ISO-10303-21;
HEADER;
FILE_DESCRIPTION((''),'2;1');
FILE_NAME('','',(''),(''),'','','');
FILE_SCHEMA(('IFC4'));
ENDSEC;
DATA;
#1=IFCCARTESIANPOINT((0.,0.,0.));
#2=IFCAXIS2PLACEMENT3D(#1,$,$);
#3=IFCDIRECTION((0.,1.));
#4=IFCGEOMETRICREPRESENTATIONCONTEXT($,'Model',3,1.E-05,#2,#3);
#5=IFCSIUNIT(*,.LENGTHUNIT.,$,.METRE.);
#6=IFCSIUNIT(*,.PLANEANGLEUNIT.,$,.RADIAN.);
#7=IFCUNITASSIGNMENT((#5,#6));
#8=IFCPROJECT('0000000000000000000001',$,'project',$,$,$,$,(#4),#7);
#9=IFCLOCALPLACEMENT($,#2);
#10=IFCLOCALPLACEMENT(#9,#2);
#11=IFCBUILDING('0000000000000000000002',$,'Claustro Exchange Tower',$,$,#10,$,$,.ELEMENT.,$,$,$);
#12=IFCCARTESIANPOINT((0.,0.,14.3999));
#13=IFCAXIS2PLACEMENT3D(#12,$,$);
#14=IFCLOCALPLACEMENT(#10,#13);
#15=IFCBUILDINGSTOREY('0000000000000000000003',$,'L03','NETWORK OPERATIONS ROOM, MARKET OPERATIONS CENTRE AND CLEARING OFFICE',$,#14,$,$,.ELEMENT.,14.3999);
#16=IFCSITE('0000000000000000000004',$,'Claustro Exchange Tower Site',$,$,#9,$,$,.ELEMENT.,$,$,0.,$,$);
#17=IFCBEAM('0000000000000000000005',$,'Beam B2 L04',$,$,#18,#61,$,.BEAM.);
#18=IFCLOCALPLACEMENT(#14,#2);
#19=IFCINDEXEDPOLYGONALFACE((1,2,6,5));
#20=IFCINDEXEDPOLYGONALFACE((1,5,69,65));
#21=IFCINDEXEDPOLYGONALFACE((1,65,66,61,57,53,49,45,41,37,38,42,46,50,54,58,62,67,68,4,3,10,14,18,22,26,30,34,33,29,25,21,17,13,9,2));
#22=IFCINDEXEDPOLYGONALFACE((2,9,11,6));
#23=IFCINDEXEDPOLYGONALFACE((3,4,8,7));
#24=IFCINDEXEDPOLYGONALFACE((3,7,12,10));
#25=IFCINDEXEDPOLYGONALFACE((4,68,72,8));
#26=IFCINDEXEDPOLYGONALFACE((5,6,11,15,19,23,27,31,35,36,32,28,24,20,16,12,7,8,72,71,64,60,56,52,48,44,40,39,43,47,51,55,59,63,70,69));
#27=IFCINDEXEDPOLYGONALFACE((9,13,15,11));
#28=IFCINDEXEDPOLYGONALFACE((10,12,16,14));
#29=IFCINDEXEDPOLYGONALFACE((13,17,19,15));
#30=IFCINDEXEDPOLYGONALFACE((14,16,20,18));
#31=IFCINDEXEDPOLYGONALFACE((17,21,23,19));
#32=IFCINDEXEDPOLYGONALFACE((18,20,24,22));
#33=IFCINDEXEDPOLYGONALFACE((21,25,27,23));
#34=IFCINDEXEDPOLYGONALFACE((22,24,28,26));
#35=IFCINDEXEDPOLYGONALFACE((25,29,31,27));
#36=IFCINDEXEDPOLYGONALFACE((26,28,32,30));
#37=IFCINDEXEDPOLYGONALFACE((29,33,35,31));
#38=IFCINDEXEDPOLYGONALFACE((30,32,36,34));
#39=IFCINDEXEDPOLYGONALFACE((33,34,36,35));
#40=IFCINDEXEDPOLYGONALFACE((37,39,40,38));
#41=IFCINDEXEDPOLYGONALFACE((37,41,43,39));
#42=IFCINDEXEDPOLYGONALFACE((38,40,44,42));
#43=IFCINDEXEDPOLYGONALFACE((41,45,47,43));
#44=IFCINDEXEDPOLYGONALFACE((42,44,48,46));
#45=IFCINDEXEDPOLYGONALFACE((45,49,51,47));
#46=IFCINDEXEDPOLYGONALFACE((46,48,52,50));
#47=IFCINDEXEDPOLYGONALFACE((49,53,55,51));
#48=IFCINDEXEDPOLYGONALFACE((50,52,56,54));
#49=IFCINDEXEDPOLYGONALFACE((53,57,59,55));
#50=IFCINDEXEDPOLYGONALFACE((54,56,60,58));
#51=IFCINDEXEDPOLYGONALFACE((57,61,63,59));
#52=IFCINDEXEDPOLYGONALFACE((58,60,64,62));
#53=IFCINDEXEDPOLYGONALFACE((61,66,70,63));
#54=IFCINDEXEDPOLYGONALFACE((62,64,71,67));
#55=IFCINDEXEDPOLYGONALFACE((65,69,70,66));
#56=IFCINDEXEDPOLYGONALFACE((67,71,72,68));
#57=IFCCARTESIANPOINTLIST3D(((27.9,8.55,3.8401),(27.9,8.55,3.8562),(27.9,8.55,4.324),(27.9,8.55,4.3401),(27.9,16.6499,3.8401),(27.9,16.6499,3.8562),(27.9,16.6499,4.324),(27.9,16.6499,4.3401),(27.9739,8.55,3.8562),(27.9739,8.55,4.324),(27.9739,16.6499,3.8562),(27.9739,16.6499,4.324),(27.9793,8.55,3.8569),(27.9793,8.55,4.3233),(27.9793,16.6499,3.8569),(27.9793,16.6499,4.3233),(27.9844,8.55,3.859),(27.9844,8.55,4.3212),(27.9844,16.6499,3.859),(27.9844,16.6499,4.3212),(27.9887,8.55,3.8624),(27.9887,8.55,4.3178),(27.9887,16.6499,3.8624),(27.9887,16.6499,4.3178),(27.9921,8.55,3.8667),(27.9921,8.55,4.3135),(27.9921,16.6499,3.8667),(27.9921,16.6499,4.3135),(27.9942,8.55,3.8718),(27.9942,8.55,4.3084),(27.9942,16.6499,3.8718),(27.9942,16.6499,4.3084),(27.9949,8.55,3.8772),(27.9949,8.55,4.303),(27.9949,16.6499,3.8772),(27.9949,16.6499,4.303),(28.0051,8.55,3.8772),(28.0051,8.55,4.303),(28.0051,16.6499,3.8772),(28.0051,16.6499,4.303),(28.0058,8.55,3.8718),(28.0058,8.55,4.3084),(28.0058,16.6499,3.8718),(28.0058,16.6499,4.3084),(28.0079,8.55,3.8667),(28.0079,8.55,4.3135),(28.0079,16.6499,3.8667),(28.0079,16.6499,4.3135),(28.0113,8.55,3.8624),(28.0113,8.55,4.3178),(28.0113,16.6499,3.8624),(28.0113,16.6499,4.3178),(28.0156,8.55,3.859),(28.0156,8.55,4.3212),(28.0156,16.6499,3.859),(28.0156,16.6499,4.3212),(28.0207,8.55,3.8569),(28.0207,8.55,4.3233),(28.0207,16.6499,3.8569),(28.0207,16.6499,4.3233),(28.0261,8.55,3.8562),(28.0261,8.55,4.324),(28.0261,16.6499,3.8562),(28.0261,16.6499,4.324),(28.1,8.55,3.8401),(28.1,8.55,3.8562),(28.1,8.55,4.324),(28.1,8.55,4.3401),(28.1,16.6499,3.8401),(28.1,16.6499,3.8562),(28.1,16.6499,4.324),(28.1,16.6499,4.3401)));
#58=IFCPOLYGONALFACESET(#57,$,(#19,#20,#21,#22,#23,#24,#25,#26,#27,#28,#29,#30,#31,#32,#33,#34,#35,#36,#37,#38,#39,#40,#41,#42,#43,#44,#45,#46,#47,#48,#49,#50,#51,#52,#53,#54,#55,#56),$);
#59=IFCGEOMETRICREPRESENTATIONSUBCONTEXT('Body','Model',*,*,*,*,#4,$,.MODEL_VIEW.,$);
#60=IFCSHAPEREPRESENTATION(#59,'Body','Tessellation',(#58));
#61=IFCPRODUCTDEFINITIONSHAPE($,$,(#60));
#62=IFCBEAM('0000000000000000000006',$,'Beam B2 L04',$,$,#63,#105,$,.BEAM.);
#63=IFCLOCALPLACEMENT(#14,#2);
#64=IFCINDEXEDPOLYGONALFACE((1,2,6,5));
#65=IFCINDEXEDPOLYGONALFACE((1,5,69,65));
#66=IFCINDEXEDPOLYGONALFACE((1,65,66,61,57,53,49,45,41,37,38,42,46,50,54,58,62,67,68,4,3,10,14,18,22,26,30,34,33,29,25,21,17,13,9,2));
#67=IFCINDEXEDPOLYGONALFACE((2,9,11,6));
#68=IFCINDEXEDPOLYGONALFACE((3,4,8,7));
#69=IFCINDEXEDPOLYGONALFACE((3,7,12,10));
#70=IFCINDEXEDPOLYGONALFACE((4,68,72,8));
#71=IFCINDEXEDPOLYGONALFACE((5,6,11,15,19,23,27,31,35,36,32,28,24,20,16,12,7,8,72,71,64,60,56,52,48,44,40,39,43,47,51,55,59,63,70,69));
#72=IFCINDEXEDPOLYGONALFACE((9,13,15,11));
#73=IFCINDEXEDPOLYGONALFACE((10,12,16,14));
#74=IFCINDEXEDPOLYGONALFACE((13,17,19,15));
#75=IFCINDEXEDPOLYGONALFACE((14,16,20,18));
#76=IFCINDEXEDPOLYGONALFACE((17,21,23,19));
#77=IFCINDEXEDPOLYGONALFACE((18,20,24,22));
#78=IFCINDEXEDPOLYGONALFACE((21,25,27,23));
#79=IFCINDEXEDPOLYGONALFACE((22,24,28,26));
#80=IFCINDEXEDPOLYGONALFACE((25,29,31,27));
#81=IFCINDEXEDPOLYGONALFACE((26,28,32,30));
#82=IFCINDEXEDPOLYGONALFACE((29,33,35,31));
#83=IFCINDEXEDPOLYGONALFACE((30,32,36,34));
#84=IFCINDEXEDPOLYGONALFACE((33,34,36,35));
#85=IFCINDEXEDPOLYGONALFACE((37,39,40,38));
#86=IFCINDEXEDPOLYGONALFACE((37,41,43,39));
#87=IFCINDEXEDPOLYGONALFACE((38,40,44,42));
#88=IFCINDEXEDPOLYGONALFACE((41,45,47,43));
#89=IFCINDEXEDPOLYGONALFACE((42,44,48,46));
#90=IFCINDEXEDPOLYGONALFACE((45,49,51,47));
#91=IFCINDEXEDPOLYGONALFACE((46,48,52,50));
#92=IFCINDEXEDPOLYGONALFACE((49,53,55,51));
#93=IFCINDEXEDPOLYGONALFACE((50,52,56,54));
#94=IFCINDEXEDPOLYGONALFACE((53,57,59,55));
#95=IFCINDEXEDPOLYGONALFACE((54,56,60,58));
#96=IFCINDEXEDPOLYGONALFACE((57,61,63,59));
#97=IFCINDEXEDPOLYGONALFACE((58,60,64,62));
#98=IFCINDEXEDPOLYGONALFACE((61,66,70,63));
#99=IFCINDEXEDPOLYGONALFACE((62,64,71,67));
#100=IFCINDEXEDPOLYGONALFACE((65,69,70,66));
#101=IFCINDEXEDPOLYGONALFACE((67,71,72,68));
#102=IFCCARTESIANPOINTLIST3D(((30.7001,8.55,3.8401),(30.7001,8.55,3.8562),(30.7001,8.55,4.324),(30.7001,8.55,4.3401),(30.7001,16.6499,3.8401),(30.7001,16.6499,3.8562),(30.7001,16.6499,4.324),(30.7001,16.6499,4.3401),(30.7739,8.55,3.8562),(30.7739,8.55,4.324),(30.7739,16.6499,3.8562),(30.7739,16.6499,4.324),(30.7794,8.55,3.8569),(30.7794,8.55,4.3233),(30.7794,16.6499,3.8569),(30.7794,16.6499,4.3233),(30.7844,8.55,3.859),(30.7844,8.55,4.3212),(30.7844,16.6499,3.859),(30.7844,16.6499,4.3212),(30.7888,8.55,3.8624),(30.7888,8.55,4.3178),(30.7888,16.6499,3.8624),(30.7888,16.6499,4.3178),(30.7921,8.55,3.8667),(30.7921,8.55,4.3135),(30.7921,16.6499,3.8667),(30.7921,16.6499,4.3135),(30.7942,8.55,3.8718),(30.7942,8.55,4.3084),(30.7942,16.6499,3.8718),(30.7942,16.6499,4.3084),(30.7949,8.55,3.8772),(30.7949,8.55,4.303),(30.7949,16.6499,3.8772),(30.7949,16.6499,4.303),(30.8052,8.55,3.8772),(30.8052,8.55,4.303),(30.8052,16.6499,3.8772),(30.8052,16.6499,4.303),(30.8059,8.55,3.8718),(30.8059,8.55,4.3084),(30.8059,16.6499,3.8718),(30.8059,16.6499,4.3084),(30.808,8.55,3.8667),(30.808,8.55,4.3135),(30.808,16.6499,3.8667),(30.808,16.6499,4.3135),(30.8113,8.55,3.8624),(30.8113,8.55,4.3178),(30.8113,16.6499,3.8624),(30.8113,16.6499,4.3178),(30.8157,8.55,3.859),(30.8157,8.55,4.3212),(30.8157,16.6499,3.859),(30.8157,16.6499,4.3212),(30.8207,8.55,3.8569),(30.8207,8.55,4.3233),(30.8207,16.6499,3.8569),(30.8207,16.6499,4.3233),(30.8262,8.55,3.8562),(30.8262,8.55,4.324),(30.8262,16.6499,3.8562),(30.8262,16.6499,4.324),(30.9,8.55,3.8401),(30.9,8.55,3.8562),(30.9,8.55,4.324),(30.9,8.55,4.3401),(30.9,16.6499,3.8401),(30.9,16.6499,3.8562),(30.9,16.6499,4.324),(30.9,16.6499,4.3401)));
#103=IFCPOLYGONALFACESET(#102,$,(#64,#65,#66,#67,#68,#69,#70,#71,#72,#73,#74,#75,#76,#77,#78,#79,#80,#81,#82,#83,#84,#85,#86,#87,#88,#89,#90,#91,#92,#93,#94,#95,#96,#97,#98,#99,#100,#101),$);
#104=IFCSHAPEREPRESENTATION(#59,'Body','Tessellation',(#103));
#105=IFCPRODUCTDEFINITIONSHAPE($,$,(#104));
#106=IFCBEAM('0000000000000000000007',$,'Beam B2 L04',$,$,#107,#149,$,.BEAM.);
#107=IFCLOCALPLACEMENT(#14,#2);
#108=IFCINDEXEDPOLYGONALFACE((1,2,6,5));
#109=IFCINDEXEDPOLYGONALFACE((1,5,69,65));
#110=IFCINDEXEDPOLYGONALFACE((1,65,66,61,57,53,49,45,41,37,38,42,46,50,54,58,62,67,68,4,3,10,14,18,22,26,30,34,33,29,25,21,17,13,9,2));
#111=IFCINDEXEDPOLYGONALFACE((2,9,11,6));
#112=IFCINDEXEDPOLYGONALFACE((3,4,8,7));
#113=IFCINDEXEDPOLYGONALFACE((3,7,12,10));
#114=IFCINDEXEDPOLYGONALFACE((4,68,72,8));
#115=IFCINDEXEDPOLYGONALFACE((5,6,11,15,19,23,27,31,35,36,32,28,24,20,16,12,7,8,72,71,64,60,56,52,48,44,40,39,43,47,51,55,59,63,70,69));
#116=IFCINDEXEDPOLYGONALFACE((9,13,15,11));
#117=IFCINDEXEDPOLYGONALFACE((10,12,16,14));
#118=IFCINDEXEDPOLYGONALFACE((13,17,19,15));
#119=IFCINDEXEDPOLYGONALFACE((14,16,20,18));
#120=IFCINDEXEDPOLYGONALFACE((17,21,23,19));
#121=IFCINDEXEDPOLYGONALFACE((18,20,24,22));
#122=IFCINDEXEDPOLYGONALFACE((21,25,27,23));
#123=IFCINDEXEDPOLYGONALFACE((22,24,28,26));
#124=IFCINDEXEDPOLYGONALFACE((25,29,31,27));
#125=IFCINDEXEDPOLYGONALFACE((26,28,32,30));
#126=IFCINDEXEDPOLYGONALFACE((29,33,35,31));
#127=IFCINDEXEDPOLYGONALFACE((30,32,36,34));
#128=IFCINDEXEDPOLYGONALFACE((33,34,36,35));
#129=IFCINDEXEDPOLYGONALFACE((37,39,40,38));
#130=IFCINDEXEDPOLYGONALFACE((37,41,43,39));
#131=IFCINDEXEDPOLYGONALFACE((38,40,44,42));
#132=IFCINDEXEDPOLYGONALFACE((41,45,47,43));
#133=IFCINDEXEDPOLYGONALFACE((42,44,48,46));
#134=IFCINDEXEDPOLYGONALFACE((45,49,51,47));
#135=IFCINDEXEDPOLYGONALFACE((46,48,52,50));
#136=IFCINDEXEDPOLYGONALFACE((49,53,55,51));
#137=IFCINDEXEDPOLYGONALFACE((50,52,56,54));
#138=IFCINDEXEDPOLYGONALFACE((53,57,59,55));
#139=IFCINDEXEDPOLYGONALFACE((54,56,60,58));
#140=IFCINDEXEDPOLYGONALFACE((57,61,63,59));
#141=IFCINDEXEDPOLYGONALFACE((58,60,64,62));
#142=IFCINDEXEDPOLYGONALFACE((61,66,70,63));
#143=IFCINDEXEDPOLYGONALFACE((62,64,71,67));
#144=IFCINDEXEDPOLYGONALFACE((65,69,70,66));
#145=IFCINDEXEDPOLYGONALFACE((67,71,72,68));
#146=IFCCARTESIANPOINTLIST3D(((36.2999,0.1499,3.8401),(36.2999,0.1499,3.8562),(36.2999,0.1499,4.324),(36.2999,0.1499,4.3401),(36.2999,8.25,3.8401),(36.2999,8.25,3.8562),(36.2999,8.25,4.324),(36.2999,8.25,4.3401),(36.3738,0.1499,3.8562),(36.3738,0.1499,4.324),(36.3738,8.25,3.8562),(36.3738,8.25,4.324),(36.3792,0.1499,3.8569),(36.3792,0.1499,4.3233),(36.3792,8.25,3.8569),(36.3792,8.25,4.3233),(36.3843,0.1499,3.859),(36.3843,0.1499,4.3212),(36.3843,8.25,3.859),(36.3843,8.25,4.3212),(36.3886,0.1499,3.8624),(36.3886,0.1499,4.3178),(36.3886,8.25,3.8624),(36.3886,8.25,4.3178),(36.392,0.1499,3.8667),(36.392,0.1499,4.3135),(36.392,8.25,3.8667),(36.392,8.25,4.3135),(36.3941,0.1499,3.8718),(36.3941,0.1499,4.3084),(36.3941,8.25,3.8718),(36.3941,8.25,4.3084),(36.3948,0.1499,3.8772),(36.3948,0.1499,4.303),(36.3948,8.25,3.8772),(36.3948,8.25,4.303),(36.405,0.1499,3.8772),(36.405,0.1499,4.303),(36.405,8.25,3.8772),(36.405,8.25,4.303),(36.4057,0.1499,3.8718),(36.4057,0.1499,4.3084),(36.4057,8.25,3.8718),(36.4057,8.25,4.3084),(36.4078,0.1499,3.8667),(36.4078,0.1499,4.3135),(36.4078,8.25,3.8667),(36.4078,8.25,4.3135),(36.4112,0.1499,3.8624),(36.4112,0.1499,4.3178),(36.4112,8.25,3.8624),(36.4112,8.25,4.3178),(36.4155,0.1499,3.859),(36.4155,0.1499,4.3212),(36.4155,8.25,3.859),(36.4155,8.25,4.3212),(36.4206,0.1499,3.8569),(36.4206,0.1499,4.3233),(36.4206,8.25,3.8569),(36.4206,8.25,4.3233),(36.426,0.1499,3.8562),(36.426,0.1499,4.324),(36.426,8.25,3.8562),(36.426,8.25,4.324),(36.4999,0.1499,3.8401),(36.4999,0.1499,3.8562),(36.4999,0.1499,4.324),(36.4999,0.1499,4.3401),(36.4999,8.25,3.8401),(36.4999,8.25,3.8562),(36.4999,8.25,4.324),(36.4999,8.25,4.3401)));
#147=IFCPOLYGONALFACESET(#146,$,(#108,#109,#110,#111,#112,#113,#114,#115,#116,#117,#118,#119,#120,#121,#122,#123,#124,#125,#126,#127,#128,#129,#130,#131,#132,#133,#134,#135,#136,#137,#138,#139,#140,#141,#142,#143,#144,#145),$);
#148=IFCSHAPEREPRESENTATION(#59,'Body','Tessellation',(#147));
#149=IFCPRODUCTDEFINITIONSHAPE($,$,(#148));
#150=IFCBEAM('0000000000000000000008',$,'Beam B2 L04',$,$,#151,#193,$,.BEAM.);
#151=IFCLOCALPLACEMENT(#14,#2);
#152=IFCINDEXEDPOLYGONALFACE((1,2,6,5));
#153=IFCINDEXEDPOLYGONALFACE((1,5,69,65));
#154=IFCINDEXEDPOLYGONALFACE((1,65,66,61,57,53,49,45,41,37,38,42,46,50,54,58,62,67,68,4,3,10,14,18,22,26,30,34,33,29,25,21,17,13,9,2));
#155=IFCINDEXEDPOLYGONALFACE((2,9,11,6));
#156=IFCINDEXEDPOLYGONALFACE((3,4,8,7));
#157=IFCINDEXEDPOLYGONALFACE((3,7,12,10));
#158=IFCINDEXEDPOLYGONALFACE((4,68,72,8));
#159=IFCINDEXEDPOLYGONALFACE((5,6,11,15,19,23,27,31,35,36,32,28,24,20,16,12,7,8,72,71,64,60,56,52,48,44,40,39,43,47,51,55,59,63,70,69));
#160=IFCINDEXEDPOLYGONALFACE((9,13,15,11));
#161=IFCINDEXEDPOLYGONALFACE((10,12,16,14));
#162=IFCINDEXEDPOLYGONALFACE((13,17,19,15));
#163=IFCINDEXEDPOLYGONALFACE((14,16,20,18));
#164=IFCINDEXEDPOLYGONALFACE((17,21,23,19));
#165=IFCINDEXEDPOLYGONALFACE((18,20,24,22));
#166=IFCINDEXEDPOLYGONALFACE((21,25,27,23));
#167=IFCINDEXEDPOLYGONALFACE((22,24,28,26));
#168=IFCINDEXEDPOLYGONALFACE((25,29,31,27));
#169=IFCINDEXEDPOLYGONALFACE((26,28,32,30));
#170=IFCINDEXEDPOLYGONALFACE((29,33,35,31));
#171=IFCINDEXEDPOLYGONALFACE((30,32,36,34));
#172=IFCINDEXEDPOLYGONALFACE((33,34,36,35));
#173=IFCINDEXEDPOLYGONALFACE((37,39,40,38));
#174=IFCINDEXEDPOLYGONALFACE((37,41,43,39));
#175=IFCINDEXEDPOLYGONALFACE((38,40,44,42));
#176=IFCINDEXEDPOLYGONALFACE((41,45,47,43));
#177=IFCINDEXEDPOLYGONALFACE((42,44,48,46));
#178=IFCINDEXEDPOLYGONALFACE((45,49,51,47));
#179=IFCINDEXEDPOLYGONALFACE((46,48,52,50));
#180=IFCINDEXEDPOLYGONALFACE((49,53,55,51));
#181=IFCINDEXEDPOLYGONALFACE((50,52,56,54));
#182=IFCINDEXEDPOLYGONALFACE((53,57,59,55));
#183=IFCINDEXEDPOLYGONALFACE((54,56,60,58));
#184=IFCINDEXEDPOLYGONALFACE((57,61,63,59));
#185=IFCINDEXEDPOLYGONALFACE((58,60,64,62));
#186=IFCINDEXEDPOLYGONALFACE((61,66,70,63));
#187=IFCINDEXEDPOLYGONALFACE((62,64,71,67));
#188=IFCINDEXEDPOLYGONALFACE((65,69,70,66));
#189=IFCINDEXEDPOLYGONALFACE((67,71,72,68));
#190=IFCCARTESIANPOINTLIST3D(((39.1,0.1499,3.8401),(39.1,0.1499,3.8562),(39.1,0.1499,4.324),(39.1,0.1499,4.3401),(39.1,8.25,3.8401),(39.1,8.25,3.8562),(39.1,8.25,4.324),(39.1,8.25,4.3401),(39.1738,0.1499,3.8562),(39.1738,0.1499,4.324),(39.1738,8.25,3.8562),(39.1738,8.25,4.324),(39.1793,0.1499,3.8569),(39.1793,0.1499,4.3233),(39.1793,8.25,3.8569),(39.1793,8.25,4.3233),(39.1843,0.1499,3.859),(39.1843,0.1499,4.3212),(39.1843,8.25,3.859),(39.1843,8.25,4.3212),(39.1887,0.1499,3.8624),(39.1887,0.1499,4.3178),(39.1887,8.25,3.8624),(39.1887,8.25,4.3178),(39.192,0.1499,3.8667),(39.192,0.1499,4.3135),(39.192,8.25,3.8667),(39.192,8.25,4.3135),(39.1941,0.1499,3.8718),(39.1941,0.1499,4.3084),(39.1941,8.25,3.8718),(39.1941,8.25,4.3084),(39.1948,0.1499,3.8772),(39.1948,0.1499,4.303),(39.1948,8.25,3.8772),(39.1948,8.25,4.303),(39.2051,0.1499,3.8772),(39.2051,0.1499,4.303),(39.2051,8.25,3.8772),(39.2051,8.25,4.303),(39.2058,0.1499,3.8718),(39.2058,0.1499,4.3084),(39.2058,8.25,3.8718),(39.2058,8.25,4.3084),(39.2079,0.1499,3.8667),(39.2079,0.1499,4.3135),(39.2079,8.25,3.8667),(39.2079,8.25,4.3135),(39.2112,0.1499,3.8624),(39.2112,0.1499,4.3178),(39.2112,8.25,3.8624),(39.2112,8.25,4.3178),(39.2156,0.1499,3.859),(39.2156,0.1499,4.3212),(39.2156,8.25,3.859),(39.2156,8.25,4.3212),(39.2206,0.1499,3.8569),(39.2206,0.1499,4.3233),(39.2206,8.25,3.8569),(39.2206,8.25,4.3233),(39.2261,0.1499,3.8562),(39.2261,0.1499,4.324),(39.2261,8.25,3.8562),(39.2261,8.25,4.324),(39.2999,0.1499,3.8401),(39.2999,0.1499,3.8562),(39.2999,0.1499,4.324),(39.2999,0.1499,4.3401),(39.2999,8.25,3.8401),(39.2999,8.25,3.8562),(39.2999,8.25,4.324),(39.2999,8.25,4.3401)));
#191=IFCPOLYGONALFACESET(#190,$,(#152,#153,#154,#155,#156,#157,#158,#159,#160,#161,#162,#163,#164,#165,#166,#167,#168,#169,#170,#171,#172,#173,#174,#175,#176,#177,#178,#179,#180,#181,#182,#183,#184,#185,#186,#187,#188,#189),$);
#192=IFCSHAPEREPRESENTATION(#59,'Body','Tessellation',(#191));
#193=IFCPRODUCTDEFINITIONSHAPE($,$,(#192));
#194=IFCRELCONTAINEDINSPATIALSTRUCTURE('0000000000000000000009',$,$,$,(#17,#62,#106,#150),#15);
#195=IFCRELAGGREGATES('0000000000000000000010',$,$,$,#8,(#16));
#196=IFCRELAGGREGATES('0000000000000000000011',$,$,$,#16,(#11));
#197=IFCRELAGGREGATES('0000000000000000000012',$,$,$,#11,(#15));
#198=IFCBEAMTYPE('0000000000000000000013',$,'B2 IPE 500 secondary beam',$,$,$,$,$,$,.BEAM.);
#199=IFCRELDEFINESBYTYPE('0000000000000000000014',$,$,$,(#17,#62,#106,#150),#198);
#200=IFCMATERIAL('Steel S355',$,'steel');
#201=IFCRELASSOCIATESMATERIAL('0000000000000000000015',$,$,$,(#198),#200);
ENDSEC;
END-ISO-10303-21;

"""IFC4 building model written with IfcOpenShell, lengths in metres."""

from ifc_helpers import new_model, si_unit, direction, frame, origin, origin_2d, place, context, subcontext, project, spatial, i_section, extrude, material, material_profile, profile_set, type_object, element, save


model = new_model("IFC4")

# Units and contexts
model_context = context("Model", 3, precision=1e-05, world=origin(), true_north=direction((0.0, 1.0)))
body_context = subcontext(model_context, "Body", "Model", "MODEL_VIEW")
ifc_project = project(units=[si_unit("LENGTHUNIT", "METRE"), si_unit("PLANEANGLEUNIT", "RADIAN")], contexts=[model_context])

# Site, building, storey
site_placement = place(None, origin())
site = spatial("IfcSite", under=ifc_project, at=site_placement, Name="Claustro Exchange Tower Site", CompositionType="ELEMENT", RefElevation=0.0)
building_placement = place(site_placement, origin())
building = spatial("IfcBuilding", under=site, at=building_placement, Name="Claustro Exchange Tower", CompositionType="ELEMENT")
storey_placement = place(building_placement, frame((0.0, 0.0, 14.3999)))
storey = spatial("IfcBuildingStorey", under=building, at=storey_placement, Name="L03", Description="NETWORK OPERATIONS ROOM, MARKET OPERATIONS CENTRE AND CLEARING OFFICE", CompositionType="ELEMENT", Elevation=14.3999)

# Beams
ifc_material_1 = material(Name="Steel S355", Category="steel")
ifc_material_profile_1 = material_profile(ifc_material_1, i_section(OverallWidth=0.2, OverallDepth=0.5, WebThickness=0.0103, FlangeThickness=0.0161, FilletRadius=0.021, at=origin_2d()), Name="IPE 500")
ifc_profile_set_1 = profile_set([ifc_material_profile_1], Name="Steel S355")
beam_type_1 = type_object("IfcBeamType", Name="B2 IPE 500 secondary beam", PredefinedType="BEAM", material=ifc_profile_set_1)
for number, where, z_axis, x_axis, name in (
    (1, (28.0, 8.55, 4.0901), (0.0, 1.0, 0.0), (-1.0, 0.0, 0.0), "Beam B2 L04"),
    (2, (30.8, 8.55, 4.0901), (0.0, 1.0, 0.0), (-1.0, 0.0, 0.0), "Beam B2 L04"),
):
    element("IfcBeam", number, at=place(storey_placement, frame(where, z_axis=z_axis, x_axis=x_axis)), inside=storey, type_object=beam_type_1, Name=name, PredefinedType="BEAM", context=body_context, shape_type="SweptSolid", body=[
        extrude(i_section(OverallWidth=0.2, OverallDepth=0.5, WebThickness=0.0103, FlangeThickness=0.0161, FilletRadius=0.021, at=origin_2d()), origin(), (0.0, 0.0, 1.0), 8.0999),
    ])
for number, where, z_axis, x_axis, name in (
    (3, (36.3999, 0.1499, 4.0901), (0.0, 1.0, 0.0), (-1.0, 0.0, 0.0), "Beam B2 L04"),
    (4, (39.2, 0.1499, 4.0901), (0.0, 1.0, 0.0), (-1.0, 0.0, 0.0), "Beam B2 L04"),
):
    element("IfcBeam", number, at=place(storey_placement, frame(where, z_axis=z_axis, x_axis=x_axis)), inside=storey, type_object=beam_type_1, Name=name, PredefinedType="BEAM", context=body_context, shape_type="SweptSolid", body=[
        extrude(i_section(OverallWidth=0.2, OverallDepth=0.5, WebThickness=0.0103, FlangeThickness=0.0161, FilletRadius=0.021, at=origin_2d()), origin(), (0.0, 0.0, 1.0), 8.1001),
    ])

save(model, "model.ifc")
